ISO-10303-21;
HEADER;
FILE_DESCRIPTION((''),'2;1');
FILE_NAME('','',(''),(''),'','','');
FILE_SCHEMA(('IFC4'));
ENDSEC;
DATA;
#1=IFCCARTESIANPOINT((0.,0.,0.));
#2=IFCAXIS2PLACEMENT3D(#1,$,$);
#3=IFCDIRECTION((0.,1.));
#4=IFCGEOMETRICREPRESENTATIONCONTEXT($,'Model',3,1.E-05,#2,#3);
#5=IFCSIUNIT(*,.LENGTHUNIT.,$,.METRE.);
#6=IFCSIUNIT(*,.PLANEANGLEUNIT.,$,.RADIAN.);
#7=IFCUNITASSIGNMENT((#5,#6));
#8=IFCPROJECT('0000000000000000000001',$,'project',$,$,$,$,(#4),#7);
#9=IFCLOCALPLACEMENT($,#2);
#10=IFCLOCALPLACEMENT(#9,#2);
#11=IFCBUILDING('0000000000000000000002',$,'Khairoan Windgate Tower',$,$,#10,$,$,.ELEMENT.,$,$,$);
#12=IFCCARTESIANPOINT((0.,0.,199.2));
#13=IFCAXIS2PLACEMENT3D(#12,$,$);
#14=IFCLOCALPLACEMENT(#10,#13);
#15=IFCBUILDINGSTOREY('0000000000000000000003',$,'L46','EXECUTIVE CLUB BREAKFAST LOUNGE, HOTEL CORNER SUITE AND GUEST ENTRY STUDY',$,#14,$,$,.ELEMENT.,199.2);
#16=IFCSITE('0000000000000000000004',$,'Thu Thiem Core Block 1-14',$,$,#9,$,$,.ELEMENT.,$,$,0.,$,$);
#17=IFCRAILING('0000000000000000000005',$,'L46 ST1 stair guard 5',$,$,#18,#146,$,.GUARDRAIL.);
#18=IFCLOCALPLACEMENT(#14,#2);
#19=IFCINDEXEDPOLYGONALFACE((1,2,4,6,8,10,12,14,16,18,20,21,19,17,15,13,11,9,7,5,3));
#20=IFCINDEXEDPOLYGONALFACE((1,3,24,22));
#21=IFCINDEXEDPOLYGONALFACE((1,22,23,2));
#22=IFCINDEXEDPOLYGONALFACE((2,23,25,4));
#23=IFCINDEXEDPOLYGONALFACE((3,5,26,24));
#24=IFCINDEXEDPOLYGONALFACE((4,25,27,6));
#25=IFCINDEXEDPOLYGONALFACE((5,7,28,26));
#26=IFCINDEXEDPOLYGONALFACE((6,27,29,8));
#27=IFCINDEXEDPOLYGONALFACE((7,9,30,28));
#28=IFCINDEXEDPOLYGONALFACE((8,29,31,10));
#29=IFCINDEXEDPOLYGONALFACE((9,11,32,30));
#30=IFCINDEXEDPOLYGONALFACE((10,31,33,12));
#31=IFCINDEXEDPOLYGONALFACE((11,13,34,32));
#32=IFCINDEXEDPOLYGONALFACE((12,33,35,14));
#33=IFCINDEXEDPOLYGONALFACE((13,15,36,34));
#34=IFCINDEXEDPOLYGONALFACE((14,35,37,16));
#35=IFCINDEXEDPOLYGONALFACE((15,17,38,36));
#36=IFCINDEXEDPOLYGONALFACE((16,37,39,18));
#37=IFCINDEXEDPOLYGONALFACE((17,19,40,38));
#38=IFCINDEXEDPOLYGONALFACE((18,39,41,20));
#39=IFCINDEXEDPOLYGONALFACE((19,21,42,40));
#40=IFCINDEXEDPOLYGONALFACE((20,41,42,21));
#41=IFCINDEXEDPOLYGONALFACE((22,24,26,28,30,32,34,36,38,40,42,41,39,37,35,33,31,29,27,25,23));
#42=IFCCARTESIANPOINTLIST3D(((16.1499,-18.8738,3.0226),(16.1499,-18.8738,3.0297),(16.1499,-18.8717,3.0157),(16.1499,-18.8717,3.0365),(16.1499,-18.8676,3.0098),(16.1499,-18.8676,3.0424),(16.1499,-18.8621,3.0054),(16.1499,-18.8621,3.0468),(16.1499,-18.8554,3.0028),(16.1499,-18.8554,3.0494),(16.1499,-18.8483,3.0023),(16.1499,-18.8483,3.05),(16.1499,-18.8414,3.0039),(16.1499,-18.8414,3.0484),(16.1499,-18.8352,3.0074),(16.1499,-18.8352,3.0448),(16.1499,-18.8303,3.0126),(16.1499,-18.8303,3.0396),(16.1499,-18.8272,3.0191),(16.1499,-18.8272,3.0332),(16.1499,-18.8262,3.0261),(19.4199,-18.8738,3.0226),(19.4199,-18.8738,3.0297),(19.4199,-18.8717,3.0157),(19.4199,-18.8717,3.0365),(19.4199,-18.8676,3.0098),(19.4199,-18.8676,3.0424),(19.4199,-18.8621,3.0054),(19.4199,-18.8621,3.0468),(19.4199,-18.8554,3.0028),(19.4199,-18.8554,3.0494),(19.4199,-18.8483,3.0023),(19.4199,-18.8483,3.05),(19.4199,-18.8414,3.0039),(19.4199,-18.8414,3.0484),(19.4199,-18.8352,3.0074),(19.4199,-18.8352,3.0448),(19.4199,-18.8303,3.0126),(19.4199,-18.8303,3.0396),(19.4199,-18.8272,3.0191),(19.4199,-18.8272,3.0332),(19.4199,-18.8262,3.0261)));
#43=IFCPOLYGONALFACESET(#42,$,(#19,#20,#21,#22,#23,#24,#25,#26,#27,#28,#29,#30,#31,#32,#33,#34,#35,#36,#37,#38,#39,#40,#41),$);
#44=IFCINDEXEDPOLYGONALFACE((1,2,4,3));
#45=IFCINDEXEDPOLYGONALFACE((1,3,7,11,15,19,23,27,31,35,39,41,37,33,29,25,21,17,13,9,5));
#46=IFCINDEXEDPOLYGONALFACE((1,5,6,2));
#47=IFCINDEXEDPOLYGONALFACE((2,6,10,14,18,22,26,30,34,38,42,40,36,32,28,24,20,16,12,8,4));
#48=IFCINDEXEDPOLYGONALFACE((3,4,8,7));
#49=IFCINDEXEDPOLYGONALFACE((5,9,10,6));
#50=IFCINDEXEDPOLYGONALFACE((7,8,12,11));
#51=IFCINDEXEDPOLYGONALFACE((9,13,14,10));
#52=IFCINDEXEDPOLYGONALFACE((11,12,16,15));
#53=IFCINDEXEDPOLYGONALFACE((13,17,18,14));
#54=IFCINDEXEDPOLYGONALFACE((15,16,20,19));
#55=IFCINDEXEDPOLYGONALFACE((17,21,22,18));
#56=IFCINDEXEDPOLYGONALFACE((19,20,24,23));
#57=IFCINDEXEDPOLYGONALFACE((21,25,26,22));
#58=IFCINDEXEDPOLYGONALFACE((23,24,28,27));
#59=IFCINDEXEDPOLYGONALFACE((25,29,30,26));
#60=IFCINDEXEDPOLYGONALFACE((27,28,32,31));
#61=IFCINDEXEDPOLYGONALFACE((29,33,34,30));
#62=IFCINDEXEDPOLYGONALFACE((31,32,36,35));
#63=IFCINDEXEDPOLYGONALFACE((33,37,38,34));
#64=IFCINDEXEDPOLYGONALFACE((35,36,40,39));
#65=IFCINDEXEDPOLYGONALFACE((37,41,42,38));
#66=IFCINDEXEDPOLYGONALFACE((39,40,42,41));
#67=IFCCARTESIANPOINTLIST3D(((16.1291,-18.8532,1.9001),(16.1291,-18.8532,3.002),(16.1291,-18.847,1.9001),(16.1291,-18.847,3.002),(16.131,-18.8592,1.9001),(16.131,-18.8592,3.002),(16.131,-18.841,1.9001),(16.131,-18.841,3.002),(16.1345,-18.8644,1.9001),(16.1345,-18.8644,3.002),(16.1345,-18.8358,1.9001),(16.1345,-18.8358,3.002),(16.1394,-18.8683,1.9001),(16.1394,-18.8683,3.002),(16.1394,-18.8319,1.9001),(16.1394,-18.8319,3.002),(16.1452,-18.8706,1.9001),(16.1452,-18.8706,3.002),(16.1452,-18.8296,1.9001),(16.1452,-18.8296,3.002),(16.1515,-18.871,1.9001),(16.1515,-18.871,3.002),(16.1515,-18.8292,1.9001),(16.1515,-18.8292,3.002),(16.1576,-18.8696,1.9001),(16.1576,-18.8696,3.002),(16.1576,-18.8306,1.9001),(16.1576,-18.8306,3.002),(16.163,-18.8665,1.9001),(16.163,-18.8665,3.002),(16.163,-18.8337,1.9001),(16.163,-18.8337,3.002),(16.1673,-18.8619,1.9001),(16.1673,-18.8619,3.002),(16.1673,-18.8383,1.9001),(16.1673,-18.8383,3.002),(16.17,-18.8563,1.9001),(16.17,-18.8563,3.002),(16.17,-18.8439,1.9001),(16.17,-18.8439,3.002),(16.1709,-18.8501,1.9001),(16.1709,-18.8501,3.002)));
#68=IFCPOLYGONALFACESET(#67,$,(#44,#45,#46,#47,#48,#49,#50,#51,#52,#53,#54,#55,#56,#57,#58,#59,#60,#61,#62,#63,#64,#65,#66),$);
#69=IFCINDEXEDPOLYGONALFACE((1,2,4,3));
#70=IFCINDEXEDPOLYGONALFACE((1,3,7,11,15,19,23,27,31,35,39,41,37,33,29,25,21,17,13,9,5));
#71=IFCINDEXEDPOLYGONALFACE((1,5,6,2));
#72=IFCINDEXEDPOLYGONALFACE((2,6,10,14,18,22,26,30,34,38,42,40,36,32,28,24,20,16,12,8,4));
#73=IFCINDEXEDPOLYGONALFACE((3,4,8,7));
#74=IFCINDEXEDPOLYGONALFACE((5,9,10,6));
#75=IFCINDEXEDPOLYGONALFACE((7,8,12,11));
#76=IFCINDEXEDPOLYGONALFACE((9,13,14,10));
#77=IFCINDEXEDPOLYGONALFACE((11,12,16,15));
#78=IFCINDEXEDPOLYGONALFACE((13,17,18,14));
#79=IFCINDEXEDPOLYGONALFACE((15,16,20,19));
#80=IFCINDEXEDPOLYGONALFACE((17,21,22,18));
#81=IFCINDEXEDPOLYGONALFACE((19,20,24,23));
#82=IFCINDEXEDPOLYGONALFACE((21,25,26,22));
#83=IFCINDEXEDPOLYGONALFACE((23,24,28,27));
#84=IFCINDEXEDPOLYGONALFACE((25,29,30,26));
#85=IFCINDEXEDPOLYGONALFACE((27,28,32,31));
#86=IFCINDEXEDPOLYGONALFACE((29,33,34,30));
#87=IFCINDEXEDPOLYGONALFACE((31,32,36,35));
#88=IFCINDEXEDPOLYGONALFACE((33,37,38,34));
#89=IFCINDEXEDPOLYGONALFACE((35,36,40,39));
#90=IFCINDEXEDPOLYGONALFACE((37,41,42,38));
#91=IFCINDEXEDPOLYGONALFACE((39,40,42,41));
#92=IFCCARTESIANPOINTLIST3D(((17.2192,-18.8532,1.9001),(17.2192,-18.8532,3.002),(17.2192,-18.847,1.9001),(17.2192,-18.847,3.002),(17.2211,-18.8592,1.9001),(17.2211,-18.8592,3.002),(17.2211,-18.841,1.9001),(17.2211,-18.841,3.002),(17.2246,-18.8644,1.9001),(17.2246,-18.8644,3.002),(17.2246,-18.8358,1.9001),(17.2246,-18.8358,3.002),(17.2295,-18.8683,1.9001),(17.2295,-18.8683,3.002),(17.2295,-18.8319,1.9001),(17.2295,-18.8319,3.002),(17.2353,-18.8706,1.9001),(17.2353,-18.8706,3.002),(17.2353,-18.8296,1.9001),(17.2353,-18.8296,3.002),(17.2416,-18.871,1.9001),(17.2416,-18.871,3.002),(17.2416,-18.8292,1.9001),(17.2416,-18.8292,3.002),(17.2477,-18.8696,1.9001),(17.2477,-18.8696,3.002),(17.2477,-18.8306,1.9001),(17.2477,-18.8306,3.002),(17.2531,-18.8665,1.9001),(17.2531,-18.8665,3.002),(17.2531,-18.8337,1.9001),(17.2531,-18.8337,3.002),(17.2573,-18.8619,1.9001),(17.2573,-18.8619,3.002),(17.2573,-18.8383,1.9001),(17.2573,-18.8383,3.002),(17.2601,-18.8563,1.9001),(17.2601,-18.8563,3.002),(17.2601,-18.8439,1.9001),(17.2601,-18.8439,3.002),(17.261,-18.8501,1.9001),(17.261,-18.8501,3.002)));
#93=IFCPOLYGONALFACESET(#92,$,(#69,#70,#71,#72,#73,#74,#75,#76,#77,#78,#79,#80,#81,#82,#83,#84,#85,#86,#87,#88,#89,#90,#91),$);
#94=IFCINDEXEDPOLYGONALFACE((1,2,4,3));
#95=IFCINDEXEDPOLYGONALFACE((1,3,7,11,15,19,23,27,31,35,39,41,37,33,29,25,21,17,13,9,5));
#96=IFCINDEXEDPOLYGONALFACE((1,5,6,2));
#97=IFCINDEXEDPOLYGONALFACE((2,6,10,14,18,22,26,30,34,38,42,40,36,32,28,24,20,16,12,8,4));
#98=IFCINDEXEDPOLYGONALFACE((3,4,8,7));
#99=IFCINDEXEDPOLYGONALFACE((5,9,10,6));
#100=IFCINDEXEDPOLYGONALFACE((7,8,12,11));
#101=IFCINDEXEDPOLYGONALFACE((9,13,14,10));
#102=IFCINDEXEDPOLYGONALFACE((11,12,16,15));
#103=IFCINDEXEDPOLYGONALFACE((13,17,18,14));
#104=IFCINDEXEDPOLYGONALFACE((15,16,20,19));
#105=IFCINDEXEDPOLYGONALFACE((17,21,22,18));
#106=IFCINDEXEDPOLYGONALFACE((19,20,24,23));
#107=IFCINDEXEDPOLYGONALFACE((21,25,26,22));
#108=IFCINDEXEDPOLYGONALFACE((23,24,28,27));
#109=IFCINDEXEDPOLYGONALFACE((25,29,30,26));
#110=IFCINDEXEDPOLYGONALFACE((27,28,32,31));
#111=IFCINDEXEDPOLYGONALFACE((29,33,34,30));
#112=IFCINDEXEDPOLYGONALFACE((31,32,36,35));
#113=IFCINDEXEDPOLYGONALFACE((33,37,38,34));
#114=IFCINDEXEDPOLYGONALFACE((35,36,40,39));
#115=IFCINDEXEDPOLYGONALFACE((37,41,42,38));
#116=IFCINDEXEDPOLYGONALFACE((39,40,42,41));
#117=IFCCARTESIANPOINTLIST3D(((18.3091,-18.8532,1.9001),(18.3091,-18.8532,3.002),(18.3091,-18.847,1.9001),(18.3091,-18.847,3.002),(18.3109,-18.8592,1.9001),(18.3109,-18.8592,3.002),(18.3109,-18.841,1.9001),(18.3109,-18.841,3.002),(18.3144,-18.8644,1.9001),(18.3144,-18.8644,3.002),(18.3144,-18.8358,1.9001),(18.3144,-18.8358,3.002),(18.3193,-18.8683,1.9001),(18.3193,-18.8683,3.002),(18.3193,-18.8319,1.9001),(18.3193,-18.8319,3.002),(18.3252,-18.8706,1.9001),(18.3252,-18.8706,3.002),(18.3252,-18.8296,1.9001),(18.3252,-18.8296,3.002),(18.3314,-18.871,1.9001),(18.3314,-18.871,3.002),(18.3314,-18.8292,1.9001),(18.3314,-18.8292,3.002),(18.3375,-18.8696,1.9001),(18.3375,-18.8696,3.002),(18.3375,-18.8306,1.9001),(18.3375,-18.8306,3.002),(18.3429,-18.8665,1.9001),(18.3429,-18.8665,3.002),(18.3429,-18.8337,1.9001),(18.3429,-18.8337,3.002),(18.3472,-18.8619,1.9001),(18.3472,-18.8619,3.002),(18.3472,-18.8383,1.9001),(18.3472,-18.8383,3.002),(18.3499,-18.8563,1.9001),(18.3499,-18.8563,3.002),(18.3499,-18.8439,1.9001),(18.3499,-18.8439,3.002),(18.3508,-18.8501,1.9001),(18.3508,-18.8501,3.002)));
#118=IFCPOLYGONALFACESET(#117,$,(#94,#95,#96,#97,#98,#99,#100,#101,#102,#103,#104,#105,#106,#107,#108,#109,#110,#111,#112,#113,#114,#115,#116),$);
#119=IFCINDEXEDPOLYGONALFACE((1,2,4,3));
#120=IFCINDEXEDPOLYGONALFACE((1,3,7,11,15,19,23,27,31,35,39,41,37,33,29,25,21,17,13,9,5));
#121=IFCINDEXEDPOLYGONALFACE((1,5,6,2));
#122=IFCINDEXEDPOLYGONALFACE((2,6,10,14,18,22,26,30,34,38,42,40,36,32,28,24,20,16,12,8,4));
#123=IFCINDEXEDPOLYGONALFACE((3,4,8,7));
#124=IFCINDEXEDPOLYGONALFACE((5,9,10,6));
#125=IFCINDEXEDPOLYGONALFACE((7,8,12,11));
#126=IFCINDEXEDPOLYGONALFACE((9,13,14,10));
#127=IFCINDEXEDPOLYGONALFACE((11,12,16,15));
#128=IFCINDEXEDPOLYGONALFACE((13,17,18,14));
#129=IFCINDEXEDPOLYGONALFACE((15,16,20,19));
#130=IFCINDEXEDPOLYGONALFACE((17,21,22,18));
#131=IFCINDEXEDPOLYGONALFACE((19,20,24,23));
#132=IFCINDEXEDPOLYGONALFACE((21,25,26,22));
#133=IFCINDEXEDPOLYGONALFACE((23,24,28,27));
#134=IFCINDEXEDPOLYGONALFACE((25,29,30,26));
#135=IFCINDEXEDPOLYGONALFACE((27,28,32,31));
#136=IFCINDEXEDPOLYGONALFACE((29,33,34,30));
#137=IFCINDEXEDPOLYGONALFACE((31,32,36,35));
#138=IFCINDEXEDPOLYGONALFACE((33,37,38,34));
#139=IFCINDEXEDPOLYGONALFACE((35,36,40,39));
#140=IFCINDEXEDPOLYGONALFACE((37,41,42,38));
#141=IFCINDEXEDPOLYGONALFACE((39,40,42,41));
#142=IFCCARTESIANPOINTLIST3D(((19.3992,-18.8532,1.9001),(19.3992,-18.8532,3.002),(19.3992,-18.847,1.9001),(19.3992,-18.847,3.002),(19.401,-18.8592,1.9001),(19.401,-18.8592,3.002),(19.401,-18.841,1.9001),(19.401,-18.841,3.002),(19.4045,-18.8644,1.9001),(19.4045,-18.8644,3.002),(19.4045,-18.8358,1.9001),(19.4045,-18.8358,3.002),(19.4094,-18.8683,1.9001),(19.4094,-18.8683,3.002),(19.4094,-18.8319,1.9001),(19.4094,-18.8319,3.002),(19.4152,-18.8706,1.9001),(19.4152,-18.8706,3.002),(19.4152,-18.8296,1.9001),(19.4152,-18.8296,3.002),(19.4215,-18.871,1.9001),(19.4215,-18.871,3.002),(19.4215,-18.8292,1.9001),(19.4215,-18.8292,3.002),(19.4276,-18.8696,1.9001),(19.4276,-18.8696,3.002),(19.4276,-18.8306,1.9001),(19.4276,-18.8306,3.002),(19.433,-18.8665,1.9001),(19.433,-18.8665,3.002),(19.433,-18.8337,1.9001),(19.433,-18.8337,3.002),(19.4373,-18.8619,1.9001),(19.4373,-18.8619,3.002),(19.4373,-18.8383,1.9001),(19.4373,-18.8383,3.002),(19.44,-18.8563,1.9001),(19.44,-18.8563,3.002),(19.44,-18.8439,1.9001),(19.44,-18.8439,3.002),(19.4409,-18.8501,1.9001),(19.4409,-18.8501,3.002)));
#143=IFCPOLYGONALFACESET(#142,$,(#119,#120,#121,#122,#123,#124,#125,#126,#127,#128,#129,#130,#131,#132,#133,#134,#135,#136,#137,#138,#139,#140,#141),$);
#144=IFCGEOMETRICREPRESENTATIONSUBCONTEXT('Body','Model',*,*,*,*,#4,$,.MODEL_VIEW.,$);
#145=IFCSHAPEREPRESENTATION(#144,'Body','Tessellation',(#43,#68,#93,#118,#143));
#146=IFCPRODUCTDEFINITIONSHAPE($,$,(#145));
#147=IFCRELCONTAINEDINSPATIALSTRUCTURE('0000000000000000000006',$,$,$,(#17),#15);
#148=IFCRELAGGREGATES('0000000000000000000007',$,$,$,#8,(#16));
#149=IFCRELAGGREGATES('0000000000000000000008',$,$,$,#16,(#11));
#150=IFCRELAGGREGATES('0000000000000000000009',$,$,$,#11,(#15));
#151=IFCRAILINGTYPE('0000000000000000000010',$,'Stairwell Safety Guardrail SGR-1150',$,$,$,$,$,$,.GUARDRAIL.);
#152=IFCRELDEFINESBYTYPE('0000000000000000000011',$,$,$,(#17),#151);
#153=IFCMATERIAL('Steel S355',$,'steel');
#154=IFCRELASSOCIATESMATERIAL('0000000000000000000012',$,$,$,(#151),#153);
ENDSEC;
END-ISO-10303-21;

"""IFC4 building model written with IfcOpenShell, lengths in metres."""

from ifc_helpers import new_model, si_unit, direction, frame, origin, origin_2d, place, context, subcontext, project, spatial, circle, extrude, material, type_object, element, save


model = new_model("IFC4")

# Units and contexts
model_context = context("Model", 3, precision=1e-05, world=origin(), true_north=direction((0.0, 1.0)))
body_context = subcontext(model_context, "Body", "Model", "MODEL_VIEW")
ifc_project = project(units=[si_unit("LENGTHUNIT", "METRE"), si_unit("PLANEANGLEUNIT", "RADIAN")], contexts=[model_context])

# Site, building, storey
site_placement = place(None, origin())
site = spatial("IfcSite", under=ifc_project, at=site_placement, Name="Thu Thiem Core Block 1-14", CompositionType="ELEMENT", RefElevation=0.0)
building_placement = place(site_placement, origin())
building = spatial("IfcBuilding", under=site, at=building_placement, Name="Khairoan Windgate Tower", CompositionType="ELEMENT")
storey_placement = place(building_placement, frame((0.0, 0.0, 199.2)))
storey = spatial("IfcBuildingStorey", under=building, at=storey_placement, Name="L46", Description="EXECUTIVE CLUB BREAKFAST LOUNGE, HOTEL CORNER SUITE AND GUEST ENTRY STUDY", CompositionType="ELEMENT", Elevation=199.2)

# Railing
ifc_material_1 = material(Name="Steel S355", Category="steel")
railing_type = type_object("IfcRailingType", Name="Stairwell Safety Guardrail SGR-1150", PredefinedType="GUARDRAIL", material=ifc_material_1)
railing_1_placement = place(storey_placement, frame((16.1499, -18.8501, 1.9001)))
element("IfcRailing", 1, at=railing_1_placement, inside=storey, type_object=railing_type, Name="L46 ST1 stair guard 5", PredefinedType="GUARDRAIL", context=body_context, shape_type="SweptSolid", body=[
    extrude(circle(Radius=0.0239, at=origin_2d()), frame((0.0, 0.0, 1.126), z_axis=(1.0, 0.0, 0.0), x_axis=(0.0, 1.0, 0.0)), (0.0, 0.0, 1.0), 3.27),
    extrude(circle(Radius=0.021, at=origin_2d()), origin(), (0.0, 0.0, 1.0), 1.1018),
    extrude(circle(Radius=0.021, at=origin_2d()), frame((1.0901, 0.0, 0.0)), (0.0, 0.0, 1.0), 1.1018),
    extrude(circle(Radius=0.021, at=origin_2d()), frame((2.1799, 0.0, 0.0)), (0.0, 0.0, 1.0), 1.1018),
    extrude(circle(Radius=0.021, at=origin_2d()), frame((3.27, 0.0, 0.0)), (0.0, 0.0, 1.0), 1.1018),
])

save(model, "model.ifc")
